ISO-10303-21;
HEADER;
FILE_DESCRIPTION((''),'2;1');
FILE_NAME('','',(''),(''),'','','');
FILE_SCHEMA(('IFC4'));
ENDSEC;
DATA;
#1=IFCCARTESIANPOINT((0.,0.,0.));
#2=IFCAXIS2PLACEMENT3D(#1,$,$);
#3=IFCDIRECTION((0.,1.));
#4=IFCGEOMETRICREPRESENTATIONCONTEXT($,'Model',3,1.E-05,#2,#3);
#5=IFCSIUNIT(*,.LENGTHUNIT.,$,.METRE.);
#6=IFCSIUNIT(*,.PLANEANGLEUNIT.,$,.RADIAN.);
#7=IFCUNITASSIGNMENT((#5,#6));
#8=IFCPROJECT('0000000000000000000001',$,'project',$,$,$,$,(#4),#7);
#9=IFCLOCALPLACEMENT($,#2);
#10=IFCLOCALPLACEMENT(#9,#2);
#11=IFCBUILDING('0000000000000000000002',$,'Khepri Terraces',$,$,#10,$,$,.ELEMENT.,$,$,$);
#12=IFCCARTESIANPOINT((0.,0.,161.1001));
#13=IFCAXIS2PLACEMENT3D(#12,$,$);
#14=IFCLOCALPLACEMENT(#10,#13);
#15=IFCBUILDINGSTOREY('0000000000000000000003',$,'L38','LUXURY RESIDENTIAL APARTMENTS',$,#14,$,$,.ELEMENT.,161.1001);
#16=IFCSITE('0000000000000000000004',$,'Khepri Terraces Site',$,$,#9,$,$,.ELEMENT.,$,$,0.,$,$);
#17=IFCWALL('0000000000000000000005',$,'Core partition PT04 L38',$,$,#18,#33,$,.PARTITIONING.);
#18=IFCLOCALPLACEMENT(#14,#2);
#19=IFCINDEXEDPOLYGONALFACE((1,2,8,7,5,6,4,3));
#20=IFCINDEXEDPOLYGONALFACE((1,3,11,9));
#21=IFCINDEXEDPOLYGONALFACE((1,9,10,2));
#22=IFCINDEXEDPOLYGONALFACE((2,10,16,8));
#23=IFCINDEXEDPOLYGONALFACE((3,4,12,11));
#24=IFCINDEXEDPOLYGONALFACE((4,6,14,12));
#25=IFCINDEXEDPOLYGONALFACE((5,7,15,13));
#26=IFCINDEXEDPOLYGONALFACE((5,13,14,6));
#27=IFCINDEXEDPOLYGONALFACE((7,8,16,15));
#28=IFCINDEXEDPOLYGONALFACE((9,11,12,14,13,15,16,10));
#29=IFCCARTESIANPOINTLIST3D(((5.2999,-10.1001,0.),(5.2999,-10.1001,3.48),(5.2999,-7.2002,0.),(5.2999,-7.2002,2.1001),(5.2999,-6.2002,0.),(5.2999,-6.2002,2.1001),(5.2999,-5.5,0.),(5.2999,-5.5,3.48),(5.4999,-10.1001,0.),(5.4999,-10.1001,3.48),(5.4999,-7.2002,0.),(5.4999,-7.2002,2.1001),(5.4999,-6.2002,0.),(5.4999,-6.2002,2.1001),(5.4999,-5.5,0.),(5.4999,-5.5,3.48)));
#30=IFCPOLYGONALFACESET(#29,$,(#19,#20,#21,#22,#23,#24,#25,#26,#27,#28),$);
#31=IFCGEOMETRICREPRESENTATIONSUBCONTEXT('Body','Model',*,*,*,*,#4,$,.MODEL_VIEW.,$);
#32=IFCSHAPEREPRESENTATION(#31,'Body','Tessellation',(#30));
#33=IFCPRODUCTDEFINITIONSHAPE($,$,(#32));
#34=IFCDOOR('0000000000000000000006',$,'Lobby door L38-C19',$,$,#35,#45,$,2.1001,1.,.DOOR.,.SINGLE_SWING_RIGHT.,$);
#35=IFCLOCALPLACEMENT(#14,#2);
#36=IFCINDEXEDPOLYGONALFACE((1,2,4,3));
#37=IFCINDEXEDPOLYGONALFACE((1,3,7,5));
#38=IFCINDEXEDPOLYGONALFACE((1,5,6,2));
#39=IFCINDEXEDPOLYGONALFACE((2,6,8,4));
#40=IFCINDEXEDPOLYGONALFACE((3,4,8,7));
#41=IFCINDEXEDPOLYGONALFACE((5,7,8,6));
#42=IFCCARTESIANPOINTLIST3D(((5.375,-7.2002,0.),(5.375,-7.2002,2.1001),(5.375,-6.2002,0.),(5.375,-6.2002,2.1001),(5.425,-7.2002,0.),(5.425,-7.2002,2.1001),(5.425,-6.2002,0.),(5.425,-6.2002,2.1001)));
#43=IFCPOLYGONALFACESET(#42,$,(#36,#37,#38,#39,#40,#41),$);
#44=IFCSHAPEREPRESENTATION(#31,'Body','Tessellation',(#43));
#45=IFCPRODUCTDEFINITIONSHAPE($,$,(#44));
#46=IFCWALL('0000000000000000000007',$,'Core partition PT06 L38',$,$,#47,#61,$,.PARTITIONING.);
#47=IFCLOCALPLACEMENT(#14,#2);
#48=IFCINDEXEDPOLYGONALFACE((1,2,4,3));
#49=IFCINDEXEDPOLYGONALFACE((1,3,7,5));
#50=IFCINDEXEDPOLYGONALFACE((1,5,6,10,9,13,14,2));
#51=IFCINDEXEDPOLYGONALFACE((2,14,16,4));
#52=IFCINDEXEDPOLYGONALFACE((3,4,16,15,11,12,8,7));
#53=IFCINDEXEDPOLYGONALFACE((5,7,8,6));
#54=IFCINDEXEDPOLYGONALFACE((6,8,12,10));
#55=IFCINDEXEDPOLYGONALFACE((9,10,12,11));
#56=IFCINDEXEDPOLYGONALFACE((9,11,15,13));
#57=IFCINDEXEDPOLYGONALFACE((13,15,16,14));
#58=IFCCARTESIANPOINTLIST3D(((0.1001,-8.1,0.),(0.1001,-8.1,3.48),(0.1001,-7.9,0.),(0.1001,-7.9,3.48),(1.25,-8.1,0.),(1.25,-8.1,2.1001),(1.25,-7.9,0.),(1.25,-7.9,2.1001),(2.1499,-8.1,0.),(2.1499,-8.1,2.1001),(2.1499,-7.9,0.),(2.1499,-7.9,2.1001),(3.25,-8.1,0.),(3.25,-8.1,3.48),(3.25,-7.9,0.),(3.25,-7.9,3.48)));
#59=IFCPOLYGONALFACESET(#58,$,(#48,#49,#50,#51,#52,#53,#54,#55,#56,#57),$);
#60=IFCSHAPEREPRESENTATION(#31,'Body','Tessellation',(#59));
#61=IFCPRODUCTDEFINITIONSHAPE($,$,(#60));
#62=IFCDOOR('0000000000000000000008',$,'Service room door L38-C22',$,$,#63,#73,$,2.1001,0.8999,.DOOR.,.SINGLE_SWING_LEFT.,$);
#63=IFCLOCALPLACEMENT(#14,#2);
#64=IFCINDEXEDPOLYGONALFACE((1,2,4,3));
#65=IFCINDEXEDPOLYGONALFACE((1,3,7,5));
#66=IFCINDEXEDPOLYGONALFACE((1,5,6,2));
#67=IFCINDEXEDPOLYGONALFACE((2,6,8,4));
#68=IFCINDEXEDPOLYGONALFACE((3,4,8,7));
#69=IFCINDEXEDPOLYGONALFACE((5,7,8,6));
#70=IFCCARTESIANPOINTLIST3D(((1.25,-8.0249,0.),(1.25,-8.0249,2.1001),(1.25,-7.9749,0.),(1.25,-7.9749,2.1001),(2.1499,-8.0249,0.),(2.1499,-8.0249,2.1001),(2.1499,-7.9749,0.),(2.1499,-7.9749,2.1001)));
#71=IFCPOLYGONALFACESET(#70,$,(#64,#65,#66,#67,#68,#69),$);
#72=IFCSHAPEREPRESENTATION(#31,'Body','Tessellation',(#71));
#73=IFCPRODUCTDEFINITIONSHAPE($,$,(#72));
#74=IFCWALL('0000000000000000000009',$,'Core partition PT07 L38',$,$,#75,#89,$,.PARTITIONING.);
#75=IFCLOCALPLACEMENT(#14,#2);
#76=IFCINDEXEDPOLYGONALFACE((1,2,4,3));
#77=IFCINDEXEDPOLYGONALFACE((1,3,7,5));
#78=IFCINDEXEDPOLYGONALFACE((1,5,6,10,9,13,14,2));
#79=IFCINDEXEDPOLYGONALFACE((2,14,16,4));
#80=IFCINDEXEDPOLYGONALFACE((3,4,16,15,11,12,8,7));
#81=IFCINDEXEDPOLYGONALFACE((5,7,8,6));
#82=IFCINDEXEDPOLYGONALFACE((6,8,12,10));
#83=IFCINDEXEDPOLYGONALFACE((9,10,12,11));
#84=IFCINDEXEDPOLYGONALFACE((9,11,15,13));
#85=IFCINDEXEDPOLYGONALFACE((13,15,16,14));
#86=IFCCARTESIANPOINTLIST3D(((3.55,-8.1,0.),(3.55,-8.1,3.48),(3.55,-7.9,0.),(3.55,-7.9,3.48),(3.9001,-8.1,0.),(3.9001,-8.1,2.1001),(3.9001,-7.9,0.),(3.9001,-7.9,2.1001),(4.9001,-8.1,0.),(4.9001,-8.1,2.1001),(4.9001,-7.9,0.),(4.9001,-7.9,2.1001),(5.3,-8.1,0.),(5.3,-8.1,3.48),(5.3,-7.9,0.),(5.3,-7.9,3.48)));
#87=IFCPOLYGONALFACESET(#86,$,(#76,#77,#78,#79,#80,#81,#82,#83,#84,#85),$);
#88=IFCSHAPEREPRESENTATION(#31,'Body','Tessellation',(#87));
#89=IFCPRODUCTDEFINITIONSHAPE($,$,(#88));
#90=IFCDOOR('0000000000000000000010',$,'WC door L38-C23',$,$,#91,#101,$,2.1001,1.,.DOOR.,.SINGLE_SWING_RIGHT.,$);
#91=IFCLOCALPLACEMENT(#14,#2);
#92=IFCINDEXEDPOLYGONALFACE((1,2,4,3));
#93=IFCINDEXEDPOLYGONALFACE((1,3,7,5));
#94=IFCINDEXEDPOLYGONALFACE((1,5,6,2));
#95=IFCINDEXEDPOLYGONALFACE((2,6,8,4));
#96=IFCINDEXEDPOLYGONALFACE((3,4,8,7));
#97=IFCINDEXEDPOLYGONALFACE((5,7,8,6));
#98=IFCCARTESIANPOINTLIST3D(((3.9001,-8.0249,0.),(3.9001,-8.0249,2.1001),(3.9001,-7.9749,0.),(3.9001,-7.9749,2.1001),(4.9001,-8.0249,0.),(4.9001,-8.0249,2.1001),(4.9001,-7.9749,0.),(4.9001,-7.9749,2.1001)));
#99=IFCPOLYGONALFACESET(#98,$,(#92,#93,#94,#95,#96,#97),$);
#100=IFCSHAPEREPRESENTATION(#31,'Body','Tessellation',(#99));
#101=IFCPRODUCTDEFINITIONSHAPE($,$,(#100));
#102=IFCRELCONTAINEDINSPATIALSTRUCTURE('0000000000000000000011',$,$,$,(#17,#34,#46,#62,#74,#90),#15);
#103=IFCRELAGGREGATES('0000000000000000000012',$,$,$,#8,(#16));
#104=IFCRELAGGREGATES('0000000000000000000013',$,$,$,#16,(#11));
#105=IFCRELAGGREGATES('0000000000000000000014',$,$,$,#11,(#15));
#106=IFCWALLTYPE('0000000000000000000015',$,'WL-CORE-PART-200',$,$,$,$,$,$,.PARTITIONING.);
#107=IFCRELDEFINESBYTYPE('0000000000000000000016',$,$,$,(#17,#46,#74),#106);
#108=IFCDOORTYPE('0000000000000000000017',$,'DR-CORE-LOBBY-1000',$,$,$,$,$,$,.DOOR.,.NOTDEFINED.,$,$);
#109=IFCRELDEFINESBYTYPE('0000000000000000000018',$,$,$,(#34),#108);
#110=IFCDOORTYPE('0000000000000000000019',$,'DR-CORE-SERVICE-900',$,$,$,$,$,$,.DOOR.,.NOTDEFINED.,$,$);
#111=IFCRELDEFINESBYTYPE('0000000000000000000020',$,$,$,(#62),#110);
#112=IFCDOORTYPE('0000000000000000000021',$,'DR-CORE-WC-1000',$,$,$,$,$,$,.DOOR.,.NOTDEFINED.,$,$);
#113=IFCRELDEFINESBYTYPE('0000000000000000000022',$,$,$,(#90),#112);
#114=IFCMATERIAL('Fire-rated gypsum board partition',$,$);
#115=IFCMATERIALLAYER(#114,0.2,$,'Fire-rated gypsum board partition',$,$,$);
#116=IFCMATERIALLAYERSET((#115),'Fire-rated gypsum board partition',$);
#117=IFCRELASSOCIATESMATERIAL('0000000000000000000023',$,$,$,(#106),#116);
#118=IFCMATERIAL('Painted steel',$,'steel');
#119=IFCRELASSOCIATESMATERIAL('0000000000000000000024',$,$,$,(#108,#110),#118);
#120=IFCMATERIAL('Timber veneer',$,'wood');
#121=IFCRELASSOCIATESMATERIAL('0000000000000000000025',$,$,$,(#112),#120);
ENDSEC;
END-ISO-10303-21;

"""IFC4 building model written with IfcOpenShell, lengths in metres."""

from ifc_helpers import new_model, si_unit, direction, frame, frame_2d, origin, place, context, subcontext, project, spatial, rectangle, extrude, material, layer, layer_set, type_object, element, fill, save


model = new_model("IFC4")

# Units and contexts
model_context = context("Model", 3, precision=1e-05, world=origin(), true_north=direction((0.0, 1.0)))
body_context = subcontext(model_context, "Body", "Model", "MODEL_VIEW")
ifc_project = project(units=[si_unit("LENGTHUNIT", "METRE"), si_unit("PLANEANGLEUNIT", "RADIAN")], contexts=[model_context])

# Site, building, storey
site_placement = place(None, origin())
site = spatial("IfcSite", under=ifc_project, at=site_placement, Name="Khepri Terraces Site", CompositionType="ELEMENT", RefElevation=0.0)
building_placement = place(site_placement, origin())
building = spatial("IfcBuilding", under=site, at=building_placement, Name="Khepri Terraces", CompositionType="ELEMENT")
storey_placement = place(building_placement, frame((0.0, 0.0, 161.1001)))
storey = spatial("IfcBuildingStorey", under=building, at=storey_placement, Name="L38", Description="LUXURY RESIDENTIAL APARTMENTS", CompositionType="ELEMENT", Elevation=161.1001)

# Shared definitions
ifc_material_1 = material(Name="Painted steel", Category="steel")

# Walls, openings, doors
ifc_material_2 = material(Name="Fire-rated gypsum board partition")
ifc_layer_1 = layer(ifc_material_2, 0.2, Name="Fire-rated gypsum board partition")
ifc_layer_set_1 = layer_set([ifc_layer_1], Name="Fire-rated gypsum board partition")
wall_type_1 = type_object("IfcWallType", Name="WL-CORE-PART-200", PredefinedType="PARTITIONING", material=ifc_layer_set_1)
wall_1_placement = place(storey_placement, frame((5.3999, -10.1001, 0.0), z_axis=(0.0, 0.0, 1.0), x_axis=(0.0, 1.0, 0.0)))
wall_1 = element("IfcWall", 1, at=wall_1_placement, inside=storey, type_object=wall_type_1, Name="Core partition PT04 L38", PredefinedType="PARTITIONING", context=body_context, shape_type="SweptSolid", body=[
    extrude(rectangle(XDim=4.6001, YDim=0.2, at=frame_2d((2.3, 0.0))), origin(), (0.0, 0.0, 1.0), 3.48),
])
opening_1_placement = place(wall_1_placement, frame((2.8999, 0.0, 0.0)))
opening_1 = element("IfcOpeningElement", 2, at=opening_1_placement, cuts=wall_1, PredefinedType="OPENING", context=body_context, shape_type="SweptSolid", body=[
    extrude(rectangle(XDim=1.0, YDim=2.1001, at=frame_2d((0.5, 1.05))), frame((0.0, 0.1099, 0.0), z_axis=(0.0, -1.0, 0.0), x_axis=(1.0, 0.0, 0.0)), (0.0, 0.0, 1.0), 0.22),
])
door_type_1 = type_object("IfcDoorType", Name="DR-CORE-LOBBY-1000", OperationType="NOTDEFINED", PredefinedType="DOOR", material=ifc_material_1)
door_1_placement = place(opening_1_placement, origin())
door_1 = element("IfcDoor", 3, at=door_1_placement, inside=storey, type_object=door_type_1, Name="Lobby door L38-C19", OperationType="SINGLE_SWING_RIGHT", OverallHeight=2.1001, OverallWidth=1.0, PredefinedType="DOOR", context=body_context, shape_type="SweptSolid", body=[
    extrude(rectangle(XDim=1.0, YDim=2.1001, at=frame_2d((0.5, 1.05))), frame((0.0, 0.0249, 0.0), z_axis=(0.0, -1.0, 0.0), x_axis=(1.0, 0.0, 0.0)), (0.0, 0.0, 1.0), 0.05),
])
fill(opening_1, door_1)
wall_2_placement = place(storey_placement, frame((0.1001, -8.0, 0.0), z_axis=(0.0, 0.0, 1.0), x_axis=(1.0, 0.0, 0.0)))
wall_2 = element("IfcWall", 4, at=wall_2_placement, inside=storey, type_object=wall_type_1, Name="Core partition PT06 L38", PredefinedType="PARTITIONING", context=body_context, shape_type="SweptSolid", body=[
    extrude(rectangle(XDim=3.1499, YDim=0.2, at=frame_2d((1.575, 0.0))), origin(), (0.0, 0.0, 1.0), 3.48),
])
opening_2_placement = place(wall_2_placement, frame((1.1499, 0.0, 0.0)))
opening_2 = element("IfcOpeningElement", 5, at=opening_2_placement, cuts=wall_2, PredefinedType="OPENING", context=body_context, shape_type="SweptSolid", body=[
    extrude(rectangle(XDim=0.8999, YDim=2.1001, at=frame_2d((0.45, 1.05))), frame((0.0, 0.1099, 0.0), z_axis=(0.0, -1.0, 0.0), x_axis=(1.0, 0.0, 0.0)), (0.0, 0.0, 1.0), 0.22),
])
door_type_2 = type_object("IfcDoorType", Name="DR-CORE-SERVICE-900", OperationType="NOTDEFINED", PredefinedType="DOOR", material=ifc_material_1)
door_2_placement = place(opening_2_placement, frame((0.8999, 0.0, 0.0), z_axis=(0.0, 0.0, 1.0), x_axis=(-1.0, 0.0, 0.0)))
door_2 = element("IfcDoor", 6, at=door_2_placement, inside=storey, type_object=door_type_2, Name="Service room door L38-C22", OperationType="SINGLE_SWING_LEFT", OverallHeight=2.1001, OverallWidth=0.8999, PredefinedType="DOOR", context=body_context, shape_type="SweptSolid", body=[
    extrude(rectangle(XDim=0.8999, YDim=2.1001, at=frame_2d((0.45, 1.05))), frame((0.0, 0.0249, 0.0), z_axis=(0.0, -1.0, 0.0), x_axis=(1.0, 0.0, 0.0)), (0.0, 0.0, 1.0), 0.05),
])
fill(opening_2, door_2)
wall_3_placement = place(storey_placement, frame((3.55, -8.0, 0.0), z_axis=(0.0, 0.0, 1.0), x_axis=(1.0, 0.0, 0.0)))
wall_3 = element("IfcWall", 7, at=wall_3_placement, inside=storey, type_object=wall_type_1, Name="Core partition PT07 L38", PredefinedType="PARTITIONING", context=body_context, shape_type="SweptSolid", body=[
    extrude(rectangle(XDim=1.75, YDim=0.2, at=frame_2d((0.875, 0.0))), origin(), (0.0, 0.0, 1.0), 3.48),
])
opening_3_placement = place(wall_3_placement, frame((0.3501, 0.0, 0.0)))
opening_3 = element("IfcOpeningElement", 8, at=opening_3_placement, cuts=wall_3, PredefinedType="OPENING", context=body_context, shape_type="SweptSolid", body=[
    extrude(rectangle(XDim=1.0, YDim=2.1001, at=frame_2d((0.5, 1.05))), frame((0.0, 0.1099, 0.0), z_axis=(0.0, -1.0, 0.0), x_axis=(1.0, 0.0, 0.0)), (0.0, 0.0, 1.0), 0.22),
])
ifc_material_3 = material(Name="Timber veneer", Category="wood")
door_type_3 = type_object("IfcDoorType", Name="DR-CORE-WC-1000", OperationType="NOTDEFINED", PredefinedType="DOOR", material=ifc_material_3)
door_3_placement = place(opening_3_placement, frame((1.0, 0.0, 0.0), z_axis=(0.0, 0.0, 1.0), x_axis=(-1.0, 0.0, 0.0)))
door_3 = element("IfcDoor", 9, at=door_3_placement, inside=storey, type_object=door_type_3, Name="WC door L38-C23", OperationType="SINGLE_SWING_RIGHT", OverallHeight=2.1001, OverallWidth=1.0, PredefinedType="DOOR", context=body_context, shape_type="SweptSolid", body=[
    extrude(rectangle(XDim=1.0, YDim=2.1001, at=frame_2d((0.5, 1.05))), frame((0.0, 0.0249, 0.0), z_axis=(0.0, -1.0, 0.0), x_axis=(1.0, 0.0, 0.0)), (0.0, 0.0, 1.0), 0.05),
])
fill(opening_3, door_3)

save(model, "model.ifc")
